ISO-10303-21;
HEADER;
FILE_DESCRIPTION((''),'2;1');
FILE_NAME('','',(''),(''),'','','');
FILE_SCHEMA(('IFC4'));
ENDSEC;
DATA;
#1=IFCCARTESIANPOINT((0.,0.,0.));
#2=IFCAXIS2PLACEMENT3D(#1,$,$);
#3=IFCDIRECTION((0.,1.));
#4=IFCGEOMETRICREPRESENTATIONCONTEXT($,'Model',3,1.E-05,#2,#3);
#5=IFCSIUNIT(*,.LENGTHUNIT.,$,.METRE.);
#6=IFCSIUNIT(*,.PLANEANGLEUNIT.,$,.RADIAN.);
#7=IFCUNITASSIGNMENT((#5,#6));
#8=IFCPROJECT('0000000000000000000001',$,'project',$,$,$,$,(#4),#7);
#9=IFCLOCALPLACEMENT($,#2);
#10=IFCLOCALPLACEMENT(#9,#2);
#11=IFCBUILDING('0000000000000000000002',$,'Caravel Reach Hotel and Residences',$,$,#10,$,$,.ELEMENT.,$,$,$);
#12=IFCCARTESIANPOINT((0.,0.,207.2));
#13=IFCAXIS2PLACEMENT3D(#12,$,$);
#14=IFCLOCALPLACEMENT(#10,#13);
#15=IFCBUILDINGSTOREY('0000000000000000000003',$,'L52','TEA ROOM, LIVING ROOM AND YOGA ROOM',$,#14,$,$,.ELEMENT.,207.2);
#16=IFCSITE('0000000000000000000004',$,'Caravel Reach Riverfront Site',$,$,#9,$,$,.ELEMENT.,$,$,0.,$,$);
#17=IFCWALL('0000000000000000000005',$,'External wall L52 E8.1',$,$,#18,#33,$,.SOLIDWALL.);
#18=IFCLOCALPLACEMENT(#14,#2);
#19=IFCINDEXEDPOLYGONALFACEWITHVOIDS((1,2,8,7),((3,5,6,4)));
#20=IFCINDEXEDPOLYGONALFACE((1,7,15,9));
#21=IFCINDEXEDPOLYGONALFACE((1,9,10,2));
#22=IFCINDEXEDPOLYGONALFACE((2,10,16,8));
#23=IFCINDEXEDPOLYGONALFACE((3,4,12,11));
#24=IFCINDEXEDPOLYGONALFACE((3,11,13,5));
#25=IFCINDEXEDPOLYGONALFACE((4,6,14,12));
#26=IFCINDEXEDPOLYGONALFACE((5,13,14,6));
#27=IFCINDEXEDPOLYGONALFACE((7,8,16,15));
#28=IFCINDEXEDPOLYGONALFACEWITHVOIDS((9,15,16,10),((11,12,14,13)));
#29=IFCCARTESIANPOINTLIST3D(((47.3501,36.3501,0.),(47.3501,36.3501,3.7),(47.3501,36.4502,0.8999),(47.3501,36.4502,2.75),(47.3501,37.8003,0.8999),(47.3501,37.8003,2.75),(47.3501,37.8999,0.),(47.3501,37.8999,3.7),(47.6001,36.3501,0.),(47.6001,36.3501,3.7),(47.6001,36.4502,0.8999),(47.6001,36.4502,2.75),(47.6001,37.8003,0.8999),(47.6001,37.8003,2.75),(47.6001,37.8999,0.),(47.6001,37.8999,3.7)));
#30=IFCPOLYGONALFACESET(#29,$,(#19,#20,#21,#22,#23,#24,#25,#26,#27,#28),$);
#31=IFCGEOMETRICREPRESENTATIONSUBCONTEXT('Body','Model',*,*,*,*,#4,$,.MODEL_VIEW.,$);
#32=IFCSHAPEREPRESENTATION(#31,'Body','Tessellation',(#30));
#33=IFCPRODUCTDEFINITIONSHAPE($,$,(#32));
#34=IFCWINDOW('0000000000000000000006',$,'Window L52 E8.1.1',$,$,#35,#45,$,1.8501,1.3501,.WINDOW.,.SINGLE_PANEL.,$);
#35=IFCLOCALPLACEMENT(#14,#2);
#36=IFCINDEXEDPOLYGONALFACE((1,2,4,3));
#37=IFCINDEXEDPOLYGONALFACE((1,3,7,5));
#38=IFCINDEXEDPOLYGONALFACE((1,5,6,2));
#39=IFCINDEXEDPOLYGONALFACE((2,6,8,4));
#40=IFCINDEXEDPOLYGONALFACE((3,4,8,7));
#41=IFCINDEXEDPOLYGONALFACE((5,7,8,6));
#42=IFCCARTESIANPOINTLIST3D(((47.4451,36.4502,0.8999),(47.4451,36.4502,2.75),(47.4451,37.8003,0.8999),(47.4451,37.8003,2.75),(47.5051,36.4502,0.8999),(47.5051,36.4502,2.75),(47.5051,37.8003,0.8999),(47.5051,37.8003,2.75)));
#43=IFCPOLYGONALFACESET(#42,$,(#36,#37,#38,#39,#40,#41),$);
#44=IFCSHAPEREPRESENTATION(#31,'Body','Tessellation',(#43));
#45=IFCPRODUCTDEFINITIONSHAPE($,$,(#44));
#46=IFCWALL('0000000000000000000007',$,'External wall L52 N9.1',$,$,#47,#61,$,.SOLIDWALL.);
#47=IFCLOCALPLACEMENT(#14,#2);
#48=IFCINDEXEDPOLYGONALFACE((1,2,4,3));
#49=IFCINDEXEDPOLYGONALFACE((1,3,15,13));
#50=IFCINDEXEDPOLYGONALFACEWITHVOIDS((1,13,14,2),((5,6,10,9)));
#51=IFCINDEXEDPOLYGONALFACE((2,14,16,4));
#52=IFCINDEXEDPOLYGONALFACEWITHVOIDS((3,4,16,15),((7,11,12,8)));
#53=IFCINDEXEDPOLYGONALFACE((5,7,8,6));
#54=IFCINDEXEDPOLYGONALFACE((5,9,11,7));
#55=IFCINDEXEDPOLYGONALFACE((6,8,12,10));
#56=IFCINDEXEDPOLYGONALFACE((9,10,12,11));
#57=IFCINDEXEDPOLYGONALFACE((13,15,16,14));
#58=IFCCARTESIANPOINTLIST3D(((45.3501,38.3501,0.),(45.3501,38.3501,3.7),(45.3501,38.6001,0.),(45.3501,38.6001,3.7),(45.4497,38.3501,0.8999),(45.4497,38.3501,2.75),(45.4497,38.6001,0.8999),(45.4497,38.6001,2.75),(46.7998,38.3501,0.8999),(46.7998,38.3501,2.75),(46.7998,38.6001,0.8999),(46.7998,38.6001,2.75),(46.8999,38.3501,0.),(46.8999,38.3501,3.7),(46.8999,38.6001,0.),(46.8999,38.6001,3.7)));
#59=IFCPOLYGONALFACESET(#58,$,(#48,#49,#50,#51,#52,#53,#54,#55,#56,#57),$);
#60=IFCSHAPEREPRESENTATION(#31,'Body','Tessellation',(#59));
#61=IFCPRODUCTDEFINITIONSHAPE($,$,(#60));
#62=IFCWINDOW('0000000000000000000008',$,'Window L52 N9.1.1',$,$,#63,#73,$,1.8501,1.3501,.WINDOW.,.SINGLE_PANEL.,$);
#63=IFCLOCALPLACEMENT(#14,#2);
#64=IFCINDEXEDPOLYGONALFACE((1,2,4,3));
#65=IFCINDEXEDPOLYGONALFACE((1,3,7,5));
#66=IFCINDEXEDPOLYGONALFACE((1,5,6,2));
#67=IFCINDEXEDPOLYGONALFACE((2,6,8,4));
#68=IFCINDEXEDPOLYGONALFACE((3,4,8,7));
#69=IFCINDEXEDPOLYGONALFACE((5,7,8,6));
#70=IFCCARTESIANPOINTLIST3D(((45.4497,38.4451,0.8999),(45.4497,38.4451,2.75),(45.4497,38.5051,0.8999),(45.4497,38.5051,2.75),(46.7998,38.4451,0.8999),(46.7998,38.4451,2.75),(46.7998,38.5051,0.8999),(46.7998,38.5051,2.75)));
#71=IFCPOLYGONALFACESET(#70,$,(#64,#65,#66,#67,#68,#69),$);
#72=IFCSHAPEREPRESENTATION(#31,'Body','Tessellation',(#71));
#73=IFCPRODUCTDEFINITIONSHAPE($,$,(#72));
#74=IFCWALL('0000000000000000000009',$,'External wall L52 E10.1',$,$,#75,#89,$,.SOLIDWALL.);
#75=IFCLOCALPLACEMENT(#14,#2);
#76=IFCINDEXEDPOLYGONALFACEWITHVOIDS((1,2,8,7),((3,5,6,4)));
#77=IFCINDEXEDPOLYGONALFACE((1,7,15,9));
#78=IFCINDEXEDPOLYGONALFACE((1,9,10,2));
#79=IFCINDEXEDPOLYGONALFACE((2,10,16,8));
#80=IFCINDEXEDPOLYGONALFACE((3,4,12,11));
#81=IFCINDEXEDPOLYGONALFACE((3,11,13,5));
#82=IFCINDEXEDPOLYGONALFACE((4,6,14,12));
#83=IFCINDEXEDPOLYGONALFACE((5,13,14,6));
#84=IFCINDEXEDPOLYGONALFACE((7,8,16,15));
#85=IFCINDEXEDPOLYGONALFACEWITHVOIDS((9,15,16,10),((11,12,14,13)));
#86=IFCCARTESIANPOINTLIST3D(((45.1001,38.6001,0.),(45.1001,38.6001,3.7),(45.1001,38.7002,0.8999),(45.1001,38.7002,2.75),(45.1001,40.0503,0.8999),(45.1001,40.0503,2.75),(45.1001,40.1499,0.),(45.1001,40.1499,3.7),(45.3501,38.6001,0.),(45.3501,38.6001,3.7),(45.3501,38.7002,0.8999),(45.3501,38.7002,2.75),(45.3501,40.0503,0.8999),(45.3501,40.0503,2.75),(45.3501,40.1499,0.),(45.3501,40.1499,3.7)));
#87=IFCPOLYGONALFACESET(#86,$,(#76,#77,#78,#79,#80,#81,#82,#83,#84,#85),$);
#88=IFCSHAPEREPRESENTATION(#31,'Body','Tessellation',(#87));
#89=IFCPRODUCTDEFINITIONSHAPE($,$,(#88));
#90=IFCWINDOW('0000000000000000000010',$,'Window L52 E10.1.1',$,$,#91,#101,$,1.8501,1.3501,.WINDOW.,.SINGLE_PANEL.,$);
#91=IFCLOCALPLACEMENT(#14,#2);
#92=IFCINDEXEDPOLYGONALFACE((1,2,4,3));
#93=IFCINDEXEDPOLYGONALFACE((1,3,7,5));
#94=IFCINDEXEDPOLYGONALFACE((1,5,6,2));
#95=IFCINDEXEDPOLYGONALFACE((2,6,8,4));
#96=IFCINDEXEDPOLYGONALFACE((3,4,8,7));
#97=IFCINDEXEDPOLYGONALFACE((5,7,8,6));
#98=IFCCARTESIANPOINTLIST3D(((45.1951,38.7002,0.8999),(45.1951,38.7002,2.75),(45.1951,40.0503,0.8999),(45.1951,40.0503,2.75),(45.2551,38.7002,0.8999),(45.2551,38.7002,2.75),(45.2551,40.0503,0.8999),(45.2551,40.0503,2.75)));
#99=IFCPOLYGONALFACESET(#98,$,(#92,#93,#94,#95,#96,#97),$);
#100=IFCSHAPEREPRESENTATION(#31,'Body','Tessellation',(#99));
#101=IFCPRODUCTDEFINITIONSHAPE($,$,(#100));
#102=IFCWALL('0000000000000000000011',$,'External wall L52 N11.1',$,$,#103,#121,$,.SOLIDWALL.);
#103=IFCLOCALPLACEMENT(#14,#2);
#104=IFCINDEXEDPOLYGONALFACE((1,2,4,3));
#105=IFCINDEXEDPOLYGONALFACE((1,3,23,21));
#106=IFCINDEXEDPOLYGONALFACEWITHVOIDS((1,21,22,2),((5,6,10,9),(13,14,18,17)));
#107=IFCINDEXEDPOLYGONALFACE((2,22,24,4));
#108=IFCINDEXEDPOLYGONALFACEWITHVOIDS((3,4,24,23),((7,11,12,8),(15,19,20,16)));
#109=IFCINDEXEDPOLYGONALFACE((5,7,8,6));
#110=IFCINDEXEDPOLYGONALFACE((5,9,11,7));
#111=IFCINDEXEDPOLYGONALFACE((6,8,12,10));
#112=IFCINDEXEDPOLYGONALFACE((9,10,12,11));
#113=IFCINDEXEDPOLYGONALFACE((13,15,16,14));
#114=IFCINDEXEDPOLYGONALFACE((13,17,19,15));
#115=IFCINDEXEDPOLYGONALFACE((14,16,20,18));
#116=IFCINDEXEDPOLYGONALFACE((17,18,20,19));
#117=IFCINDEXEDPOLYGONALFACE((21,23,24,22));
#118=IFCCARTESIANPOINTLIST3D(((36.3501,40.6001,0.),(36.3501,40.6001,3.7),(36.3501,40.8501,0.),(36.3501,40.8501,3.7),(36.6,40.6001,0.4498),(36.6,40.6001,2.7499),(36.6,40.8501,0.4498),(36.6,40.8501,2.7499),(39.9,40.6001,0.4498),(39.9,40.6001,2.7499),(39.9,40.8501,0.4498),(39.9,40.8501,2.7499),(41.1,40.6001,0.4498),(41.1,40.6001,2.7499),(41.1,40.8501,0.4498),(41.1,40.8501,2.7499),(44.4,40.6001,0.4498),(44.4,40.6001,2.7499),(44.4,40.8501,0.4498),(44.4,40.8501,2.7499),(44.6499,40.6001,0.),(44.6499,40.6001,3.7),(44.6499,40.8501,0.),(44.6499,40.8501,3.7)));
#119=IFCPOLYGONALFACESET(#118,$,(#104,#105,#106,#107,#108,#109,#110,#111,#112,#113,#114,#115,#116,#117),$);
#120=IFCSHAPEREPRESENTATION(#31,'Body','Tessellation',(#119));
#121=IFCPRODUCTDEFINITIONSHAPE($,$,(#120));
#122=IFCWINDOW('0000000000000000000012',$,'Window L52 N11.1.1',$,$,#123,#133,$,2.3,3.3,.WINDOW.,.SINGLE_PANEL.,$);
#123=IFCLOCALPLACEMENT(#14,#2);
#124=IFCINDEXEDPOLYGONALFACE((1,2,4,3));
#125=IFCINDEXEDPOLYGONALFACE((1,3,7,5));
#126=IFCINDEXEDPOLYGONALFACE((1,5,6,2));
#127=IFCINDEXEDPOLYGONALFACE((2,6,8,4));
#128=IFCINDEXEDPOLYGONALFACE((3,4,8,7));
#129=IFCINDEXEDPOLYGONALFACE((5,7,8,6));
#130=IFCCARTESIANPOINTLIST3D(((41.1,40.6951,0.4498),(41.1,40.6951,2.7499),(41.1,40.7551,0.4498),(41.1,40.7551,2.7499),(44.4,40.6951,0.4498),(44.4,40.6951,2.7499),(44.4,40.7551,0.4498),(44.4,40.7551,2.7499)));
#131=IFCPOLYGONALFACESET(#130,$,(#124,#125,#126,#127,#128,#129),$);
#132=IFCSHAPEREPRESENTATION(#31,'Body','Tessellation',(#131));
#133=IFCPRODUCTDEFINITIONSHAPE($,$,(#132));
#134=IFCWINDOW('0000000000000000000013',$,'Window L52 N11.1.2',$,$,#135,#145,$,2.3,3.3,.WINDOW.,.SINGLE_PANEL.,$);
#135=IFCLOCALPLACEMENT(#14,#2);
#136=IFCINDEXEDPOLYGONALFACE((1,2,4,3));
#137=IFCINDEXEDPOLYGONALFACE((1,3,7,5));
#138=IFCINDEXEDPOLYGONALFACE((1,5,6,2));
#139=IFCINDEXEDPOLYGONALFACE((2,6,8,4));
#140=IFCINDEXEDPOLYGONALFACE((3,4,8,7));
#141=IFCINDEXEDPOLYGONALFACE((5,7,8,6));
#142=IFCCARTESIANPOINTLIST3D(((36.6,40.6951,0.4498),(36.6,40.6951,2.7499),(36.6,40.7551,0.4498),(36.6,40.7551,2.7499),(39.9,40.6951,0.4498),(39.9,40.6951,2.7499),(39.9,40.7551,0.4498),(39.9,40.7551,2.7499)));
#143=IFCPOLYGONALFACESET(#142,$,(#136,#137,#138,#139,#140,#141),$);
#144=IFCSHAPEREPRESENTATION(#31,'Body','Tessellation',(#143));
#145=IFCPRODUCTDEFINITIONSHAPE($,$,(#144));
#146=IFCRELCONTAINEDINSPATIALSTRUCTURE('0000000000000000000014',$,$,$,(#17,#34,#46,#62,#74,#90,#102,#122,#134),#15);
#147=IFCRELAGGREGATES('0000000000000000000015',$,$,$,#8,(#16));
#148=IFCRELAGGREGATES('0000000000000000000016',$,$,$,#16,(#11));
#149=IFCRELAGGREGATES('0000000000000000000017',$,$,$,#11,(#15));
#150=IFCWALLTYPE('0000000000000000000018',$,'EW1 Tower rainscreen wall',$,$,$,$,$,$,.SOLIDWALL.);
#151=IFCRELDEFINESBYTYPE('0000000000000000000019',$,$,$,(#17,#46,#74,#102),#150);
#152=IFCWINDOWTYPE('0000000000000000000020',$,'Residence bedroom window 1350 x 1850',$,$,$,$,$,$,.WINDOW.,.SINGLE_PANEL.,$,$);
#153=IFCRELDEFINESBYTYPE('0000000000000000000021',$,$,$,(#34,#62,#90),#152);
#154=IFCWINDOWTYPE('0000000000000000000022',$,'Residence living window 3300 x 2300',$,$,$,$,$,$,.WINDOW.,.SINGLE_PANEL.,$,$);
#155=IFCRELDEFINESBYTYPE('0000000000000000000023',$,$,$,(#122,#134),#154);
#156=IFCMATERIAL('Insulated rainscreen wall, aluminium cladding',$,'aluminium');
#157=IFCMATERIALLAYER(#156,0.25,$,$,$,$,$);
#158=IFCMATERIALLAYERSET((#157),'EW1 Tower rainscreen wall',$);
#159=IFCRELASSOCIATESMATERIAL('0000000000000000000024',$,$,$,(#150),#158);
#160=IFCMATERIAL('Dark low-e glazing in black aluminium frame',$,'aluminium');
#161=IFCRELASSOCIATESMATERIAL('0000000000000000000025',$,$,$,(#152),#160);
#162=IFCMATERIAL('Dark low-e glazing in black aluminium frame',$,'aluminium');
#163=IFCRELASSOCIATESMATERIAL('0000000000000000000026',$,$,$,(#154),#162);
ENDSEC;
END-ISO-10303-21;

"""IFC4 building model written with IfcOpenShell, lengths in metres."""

from ifc_helpers import new_model, si_unit, direction, frame, frame_2d, origin, place, context, subcontext, project, spatial, rectangle, extrude, material, layer, layer_set, type_object, element, fill, save


model = new_model("IFC4")

# Units and contexts
model_context = context("Model", 3, precision=1e-05, world=origin(), true_north=direction((0.0, 1.0)))
body_context = subcontext(model_context, "Body", "Model", "MODEL_VIEW")
ifc_project = project(units=[si_unit("LENGTHUNIT", "METRE"), si_unit("PLANEANGLEUNIT", "RADIAN")], contexts=[model_context])

# Site, building, storey
site_placement = place(None, origin())
site = spatial("IfcSite", under=ifc_project, at=site_placement, Name="Caravel Reach Riverfront Site", CompositionType="ELEMENT", RefElevation=0.0)
building_placement = place(site_placement, origin())
building = spatial("IfcBuilding", under=site, at=building_placement, Name="Caravel Reach Hotel and Residences", CompositionType="ELEMENT")
storey_placement = place(building_placement, frame((0.0, 0.0, 207.2)))
storey = spatial("IfcBuildingStorey", under=building, at=storey_placement, Name="L52", Description="TEA ROOM, LIVING ROOM AND YOGA ROOM", CompositionType="ELEMENT", Elevation=207.2)

# Walls, openings, windows
ifc_material_1 = material(Name="Insulated rainscreen wall, aluminium cladding", Category="aluminium")
ifc_layer = layer(ifc_material_1, 0.25)
ifc_layer_set = layer_set([ifc_layer], Name="EW1 Tower rainscreen wall")
wall_type = type_object("IfcWallType", Name="EW1 Tower rainscreen wall", PredefinedType="SOLIDWALL", material=ifc_layer_set)
ifc_material_2 = material(Name="Dark low-e glazing in black aluminium frame", Category="aluminium")
window_type_1 = type_object("IfcWindowType", Name="Residence bedroom window 1350 x 1850", PartitioningType="SINGLE_PANEL", PredefinedType="WINDOW", material=ifc_material_2)
wall_1_placement = place(storey_placement, frame((47.4751, 36.3501, 0.0), z_axis=(0.0, 0.0, 1.0), x_axis=(0.0, 1.0, 0.0)))
wall_1 = element("IfcWall", 1, at=wall_1_placement, inside=storey, type_object=wall_type, Name="External wall L52 E8.1", PredefinedType="SOLIDWALL", context=body_context, shape_type="SweptSolid", body=[
    extrude(rectangle(XDim=1.5498, YDim=0.25, at=frame_2d((0.7749, 0.0))), origin(), (0.0, 0.0, 1.0), 3.7),
])
opening_1_placement = place(wall_1_placement, frame((0.1001, 0.0, 0.8999)))
opening_1 = element("IfcOpeningElement", 2, at=opening_1_placement, cuts=wall_1, PredefinedType="OPENING", context=body_context, shape_type="SweptSolid", body=[
    extrude(rectangle(XDim=1.3501, YDim=1.8501, at=frame_2d((0.675, 0.925))), frame((0.0, 0.135, 0.0), z_axis=(0.0, -1.0, 0.0), x_axis=(1.0, 0.0, 0.0)), (0.0, 0.0, 1.0), 0.27),
])
window_1_placement = place(opening_1_placement, origin())
window_1 = element("IfcWindow", 3, at=window_1_placement, inside=storey, type_object=window_type_1, Name="Window L52 E8.1.1", OverallHeight=1.8501, OverallWidth=1.3501, PartitioningType="SINGLE_PANEL", PredefinedType="WINDOW", context=body_context, shape_type="SweptSolid", body=[
    extrude(rectangle(XDim=1.3501, YDim=1.8501, at=frame_2d((0.675, 0.925))), frame((0.0, 0.03, 0.0), z_axis=(0.0, -1.0, 0.0), x_axis=(1.0, 0.0, 0.0)), (0.0, 0.0, 1.0), 0.0601),
])
fill(opening_1, window_1)
wall_2_placement = place(storey_placement, frame((46.8999, 38.4751, 0.0), z_axis=(0.0, 0.0, 1.0), x_axis=(-1.0, 0.0, 0.0)))
wall_2 = element("IfcWall", 4, at=wall_2_placement, inside=storey, type_object=wall_type, Name="External wall L52 N9.1", PredefinedType="SOLIDWALL", context=body_context, shape_type="SweptSolid", body=[
    extrude(rectangle(XDim=1.5498, YDim=0.25, at=frame_2d((0.7749, 0.0))), origin(), (0.0, 0.0, 1.0), 3.7),
])
opening_2_placement = place(wall_2_placement, frame((0.1001, 0.0, 0.8999)))
opening_2 = element("IfcOpeningElement", 5, at=opening_2_placement, cuts=wall_2, PredefinedType="OPENING", context=body_context, shape_type="SweptSolid", body=[
    extrude(rectangle(XDim=1.3501, YDim=1.8501, at=frame_2d((0.675, 0.925))), frame((0.0, 0.135, 0.0), z_axis=(0.0, -1.0, 0.0), x_axis=(1.0, 0.0, 0.0)), (0.0, 0.0, 1.0), 0.27),
])
window_2_placement = place(opening_2_placement, origin())
window_2 = element("IfcWindow", 6, at=window_2_placement, inside=storey, type_object=window_type_1, Name="Window L52 N9.1.1", OverallHeight=1.8501, OverallWidth=1.3501, PartitioningType="SINGLE_PANEL", PredefinedType="WINDOW", context=body_context, shape_type="SweptSolid", body=[
    extrude(rectangle(XDim=1.3501, YDim=1.8501, at=frame_2d((0.675, 0.925))), frame((0.0, 0.03, 0.0), z_axis=(0.0, -1.0, 0.0), x_axis=(1.0, 0.0, 0.0)), (0.0, 0.0, 1.0), 0.0601),
])
fill(opening_2, window_2)
wall_3_placement = place(storey_placement, frame((45.2251, 38.6001, 0.0), z_axis=(0.0, 0.0, 1.0), x_axis=(0.0, 1.0, 0.0)))
wall_3 = element("IfcWall", 7, at=wall_3_placement, inside=storey, type_object=wall_type, Name="External wall L52 E10.1", PredefinedType="SOLIDWALL", context=body_context, shape_type="SweptSolid", body=[
    extrude(rectangle(XDim=1.5498, YDim=0.25, at=frame_2d((0.7749, 0.0))), origin(), (0.0, 0.0, 1.0), 3.7),
])
opening_3_placement = place(wall_3_placement, frame((0.1001, 0.0, 0.8999)))
opening_3 = element("IfcOpeningElement", 8, at=opening_3_placement, cuts=wall_3, PredefinedType="OPENING", context=body_context, shape_type="SweptSolid", body=[
    extrude(rectangle(XDim=1.3501, YDim=1.8501, at=frame_2d((0.675, 0.925))), frame((0.0, 0.135, 0.0), z_axis=(0.0, -1.0, 0.0), x_axis=(1.0, 0.0, 0.0)), (0.0, 0.0, 1.0), 0.27),
])
window_3_placement = place(opening_3_placement, origin())
window_3 = element("IfcWindow", 9, at=window_3_placement, inside=storey, type_object=window_type_1, Name="Window L52 E10.1.1", OverallHeight=1.8501, OverallWidth=1.3501, PartitioningType="SINGLE_PANEL", PredefinedType="WINDOW", context=body_context, shape_type="SweptSolid", body=[
    extrude(rectangle(XDim=1.3501, YDim=1.8501, at=frame_2d((0.675, 0.925))), frame((0.0, 0.03, 0.0), z_axis=(0.0, -1.0, 0.0), x_axis=(1.0, 0.0, 0.0)), (0.0, 0.0, 1.0), 0.0601),
])
fill(opening_3, window_3)

# Wall, openings, windows
wall_4_placement = place(storey_placement, frame((44.6499, 40.7251, 0.0), z_axis=(0.0, 0.0, 1.0), x_axis=(-1.0, 0.0, 0.0)))
wall_4 = element("IfcWall", 10, at=wall_4_placement, inside=storey, type_object=wall_type, Name="External wall L52 N11.1", PredefinedType="SOLIDWALL", context=body_context, shape_type="SweptSolid", body=[
    extrude(rectangle(XDim=8.2998, YDim=0.25, at=frame_2d((4.1499, 0.0))), origin(), (0.0, 0.0, 1.0), 3.7),
])
opening_4_placement = place(wall_4_placement, frame((0.25, 0.0, 0.45)))
opening_4 = element("IfcOpeningElement", 11, at=opening_4_placement, cuts=wall_4, PredefinedType="OPENING", context=body_context, shape_type="SweptSolid", body=[
    extrude(rectangle(XDim=3.3, YDim=2.3, at=frame_2d((1.6499, 1.1499))), frame((0.0, 0.135, 0.0), z_axis=(0.0, -1.0, 0.0), x_axis=(1.0, 0.0, 0.0)), (0.0, 0.0, 1.0), 0.27),
])
opening_5_placement = place(wall_4_placement, frame((4.75, 0.0, 0.45)))
opening_5 = element("IfcOpeningElement", 12, at=opening_5_placement, cuts=wall_4, PredefinedType="OPENING", context=body_context, shape_type="SweptSolid", body=[
    extrude(rectangle(XDim=3.3, YDim=2.3, at=frame_2d((1.6499, 1.1499))), frame((0.0, 0.135, 0.0), z_axis=(0.0, -1.0, 0.0), x_axis=(1.0, 0.0, 0.0)), (0.0, 0.0, 1.0), 0.27),
])
ifc_material_3 = material(Name="Dark low-e glazing in black aluminium frame", Category="aluminium")
window_type_2 = type_object("IfcWindowType", Name="Residence living window 3300 x 2300", PartitioningType="SINGLE_PANEL", PredefinedType="WINDOW", material=ifc_material_3)
window_4_placement = place(opening_4_placement, origin())
window_4 = element("IfcWindow", 13, at=window_4_placement, inside=storey, type_object=window_type_2, Name="Window L52 N11.1.1", OverallHeight=2.3, OverallWidth=3.3, PartitioningType="SINGLE_PANEL", PredefinedType="WINDOW", context=body_context, shape_type="SweptSolid", body=[
    extrude(rectangle(XDim=3.3, YDim=2.3, at=frame_2d((1.6499, 1.1499))), frame((0.0, 0.03, 0.0), z_axis=(0.0, -1.0, 0.0), x_axis=(1.0, 0.0, 0.0)), (0.0, 0.0, 1.0), 0.0601),
])
fill(opening_4, window_4)
window_5_placement = place(opening_5_placement, origin())
window_5 = element("IfcWindow", 14, at=window_5_placement, inside=storey, type_object=window_type_2, Name="Window L52 N11.1.2", OverallHeight=2.3, OverallWidth=3.3, PartitioningType="SINGLE_PANEL", PredefinedType="WINDOW", context=body_context, shape_type="SweptSolid", body=[
    extrude(rectangle(XDim=3.3, YDim=2.3, at=frame_2d((1.6499, 1.1499))), frame((0.0, 0.03, 0.0), z_axis=(0.0, -1.0, 0.0), x_axis=(1.0, 0.0, 0.0)), (0.0, 0.0, 1.0), 0.0601),
])
fill(opening_5, window_5)

save(model, "model.ifc")
